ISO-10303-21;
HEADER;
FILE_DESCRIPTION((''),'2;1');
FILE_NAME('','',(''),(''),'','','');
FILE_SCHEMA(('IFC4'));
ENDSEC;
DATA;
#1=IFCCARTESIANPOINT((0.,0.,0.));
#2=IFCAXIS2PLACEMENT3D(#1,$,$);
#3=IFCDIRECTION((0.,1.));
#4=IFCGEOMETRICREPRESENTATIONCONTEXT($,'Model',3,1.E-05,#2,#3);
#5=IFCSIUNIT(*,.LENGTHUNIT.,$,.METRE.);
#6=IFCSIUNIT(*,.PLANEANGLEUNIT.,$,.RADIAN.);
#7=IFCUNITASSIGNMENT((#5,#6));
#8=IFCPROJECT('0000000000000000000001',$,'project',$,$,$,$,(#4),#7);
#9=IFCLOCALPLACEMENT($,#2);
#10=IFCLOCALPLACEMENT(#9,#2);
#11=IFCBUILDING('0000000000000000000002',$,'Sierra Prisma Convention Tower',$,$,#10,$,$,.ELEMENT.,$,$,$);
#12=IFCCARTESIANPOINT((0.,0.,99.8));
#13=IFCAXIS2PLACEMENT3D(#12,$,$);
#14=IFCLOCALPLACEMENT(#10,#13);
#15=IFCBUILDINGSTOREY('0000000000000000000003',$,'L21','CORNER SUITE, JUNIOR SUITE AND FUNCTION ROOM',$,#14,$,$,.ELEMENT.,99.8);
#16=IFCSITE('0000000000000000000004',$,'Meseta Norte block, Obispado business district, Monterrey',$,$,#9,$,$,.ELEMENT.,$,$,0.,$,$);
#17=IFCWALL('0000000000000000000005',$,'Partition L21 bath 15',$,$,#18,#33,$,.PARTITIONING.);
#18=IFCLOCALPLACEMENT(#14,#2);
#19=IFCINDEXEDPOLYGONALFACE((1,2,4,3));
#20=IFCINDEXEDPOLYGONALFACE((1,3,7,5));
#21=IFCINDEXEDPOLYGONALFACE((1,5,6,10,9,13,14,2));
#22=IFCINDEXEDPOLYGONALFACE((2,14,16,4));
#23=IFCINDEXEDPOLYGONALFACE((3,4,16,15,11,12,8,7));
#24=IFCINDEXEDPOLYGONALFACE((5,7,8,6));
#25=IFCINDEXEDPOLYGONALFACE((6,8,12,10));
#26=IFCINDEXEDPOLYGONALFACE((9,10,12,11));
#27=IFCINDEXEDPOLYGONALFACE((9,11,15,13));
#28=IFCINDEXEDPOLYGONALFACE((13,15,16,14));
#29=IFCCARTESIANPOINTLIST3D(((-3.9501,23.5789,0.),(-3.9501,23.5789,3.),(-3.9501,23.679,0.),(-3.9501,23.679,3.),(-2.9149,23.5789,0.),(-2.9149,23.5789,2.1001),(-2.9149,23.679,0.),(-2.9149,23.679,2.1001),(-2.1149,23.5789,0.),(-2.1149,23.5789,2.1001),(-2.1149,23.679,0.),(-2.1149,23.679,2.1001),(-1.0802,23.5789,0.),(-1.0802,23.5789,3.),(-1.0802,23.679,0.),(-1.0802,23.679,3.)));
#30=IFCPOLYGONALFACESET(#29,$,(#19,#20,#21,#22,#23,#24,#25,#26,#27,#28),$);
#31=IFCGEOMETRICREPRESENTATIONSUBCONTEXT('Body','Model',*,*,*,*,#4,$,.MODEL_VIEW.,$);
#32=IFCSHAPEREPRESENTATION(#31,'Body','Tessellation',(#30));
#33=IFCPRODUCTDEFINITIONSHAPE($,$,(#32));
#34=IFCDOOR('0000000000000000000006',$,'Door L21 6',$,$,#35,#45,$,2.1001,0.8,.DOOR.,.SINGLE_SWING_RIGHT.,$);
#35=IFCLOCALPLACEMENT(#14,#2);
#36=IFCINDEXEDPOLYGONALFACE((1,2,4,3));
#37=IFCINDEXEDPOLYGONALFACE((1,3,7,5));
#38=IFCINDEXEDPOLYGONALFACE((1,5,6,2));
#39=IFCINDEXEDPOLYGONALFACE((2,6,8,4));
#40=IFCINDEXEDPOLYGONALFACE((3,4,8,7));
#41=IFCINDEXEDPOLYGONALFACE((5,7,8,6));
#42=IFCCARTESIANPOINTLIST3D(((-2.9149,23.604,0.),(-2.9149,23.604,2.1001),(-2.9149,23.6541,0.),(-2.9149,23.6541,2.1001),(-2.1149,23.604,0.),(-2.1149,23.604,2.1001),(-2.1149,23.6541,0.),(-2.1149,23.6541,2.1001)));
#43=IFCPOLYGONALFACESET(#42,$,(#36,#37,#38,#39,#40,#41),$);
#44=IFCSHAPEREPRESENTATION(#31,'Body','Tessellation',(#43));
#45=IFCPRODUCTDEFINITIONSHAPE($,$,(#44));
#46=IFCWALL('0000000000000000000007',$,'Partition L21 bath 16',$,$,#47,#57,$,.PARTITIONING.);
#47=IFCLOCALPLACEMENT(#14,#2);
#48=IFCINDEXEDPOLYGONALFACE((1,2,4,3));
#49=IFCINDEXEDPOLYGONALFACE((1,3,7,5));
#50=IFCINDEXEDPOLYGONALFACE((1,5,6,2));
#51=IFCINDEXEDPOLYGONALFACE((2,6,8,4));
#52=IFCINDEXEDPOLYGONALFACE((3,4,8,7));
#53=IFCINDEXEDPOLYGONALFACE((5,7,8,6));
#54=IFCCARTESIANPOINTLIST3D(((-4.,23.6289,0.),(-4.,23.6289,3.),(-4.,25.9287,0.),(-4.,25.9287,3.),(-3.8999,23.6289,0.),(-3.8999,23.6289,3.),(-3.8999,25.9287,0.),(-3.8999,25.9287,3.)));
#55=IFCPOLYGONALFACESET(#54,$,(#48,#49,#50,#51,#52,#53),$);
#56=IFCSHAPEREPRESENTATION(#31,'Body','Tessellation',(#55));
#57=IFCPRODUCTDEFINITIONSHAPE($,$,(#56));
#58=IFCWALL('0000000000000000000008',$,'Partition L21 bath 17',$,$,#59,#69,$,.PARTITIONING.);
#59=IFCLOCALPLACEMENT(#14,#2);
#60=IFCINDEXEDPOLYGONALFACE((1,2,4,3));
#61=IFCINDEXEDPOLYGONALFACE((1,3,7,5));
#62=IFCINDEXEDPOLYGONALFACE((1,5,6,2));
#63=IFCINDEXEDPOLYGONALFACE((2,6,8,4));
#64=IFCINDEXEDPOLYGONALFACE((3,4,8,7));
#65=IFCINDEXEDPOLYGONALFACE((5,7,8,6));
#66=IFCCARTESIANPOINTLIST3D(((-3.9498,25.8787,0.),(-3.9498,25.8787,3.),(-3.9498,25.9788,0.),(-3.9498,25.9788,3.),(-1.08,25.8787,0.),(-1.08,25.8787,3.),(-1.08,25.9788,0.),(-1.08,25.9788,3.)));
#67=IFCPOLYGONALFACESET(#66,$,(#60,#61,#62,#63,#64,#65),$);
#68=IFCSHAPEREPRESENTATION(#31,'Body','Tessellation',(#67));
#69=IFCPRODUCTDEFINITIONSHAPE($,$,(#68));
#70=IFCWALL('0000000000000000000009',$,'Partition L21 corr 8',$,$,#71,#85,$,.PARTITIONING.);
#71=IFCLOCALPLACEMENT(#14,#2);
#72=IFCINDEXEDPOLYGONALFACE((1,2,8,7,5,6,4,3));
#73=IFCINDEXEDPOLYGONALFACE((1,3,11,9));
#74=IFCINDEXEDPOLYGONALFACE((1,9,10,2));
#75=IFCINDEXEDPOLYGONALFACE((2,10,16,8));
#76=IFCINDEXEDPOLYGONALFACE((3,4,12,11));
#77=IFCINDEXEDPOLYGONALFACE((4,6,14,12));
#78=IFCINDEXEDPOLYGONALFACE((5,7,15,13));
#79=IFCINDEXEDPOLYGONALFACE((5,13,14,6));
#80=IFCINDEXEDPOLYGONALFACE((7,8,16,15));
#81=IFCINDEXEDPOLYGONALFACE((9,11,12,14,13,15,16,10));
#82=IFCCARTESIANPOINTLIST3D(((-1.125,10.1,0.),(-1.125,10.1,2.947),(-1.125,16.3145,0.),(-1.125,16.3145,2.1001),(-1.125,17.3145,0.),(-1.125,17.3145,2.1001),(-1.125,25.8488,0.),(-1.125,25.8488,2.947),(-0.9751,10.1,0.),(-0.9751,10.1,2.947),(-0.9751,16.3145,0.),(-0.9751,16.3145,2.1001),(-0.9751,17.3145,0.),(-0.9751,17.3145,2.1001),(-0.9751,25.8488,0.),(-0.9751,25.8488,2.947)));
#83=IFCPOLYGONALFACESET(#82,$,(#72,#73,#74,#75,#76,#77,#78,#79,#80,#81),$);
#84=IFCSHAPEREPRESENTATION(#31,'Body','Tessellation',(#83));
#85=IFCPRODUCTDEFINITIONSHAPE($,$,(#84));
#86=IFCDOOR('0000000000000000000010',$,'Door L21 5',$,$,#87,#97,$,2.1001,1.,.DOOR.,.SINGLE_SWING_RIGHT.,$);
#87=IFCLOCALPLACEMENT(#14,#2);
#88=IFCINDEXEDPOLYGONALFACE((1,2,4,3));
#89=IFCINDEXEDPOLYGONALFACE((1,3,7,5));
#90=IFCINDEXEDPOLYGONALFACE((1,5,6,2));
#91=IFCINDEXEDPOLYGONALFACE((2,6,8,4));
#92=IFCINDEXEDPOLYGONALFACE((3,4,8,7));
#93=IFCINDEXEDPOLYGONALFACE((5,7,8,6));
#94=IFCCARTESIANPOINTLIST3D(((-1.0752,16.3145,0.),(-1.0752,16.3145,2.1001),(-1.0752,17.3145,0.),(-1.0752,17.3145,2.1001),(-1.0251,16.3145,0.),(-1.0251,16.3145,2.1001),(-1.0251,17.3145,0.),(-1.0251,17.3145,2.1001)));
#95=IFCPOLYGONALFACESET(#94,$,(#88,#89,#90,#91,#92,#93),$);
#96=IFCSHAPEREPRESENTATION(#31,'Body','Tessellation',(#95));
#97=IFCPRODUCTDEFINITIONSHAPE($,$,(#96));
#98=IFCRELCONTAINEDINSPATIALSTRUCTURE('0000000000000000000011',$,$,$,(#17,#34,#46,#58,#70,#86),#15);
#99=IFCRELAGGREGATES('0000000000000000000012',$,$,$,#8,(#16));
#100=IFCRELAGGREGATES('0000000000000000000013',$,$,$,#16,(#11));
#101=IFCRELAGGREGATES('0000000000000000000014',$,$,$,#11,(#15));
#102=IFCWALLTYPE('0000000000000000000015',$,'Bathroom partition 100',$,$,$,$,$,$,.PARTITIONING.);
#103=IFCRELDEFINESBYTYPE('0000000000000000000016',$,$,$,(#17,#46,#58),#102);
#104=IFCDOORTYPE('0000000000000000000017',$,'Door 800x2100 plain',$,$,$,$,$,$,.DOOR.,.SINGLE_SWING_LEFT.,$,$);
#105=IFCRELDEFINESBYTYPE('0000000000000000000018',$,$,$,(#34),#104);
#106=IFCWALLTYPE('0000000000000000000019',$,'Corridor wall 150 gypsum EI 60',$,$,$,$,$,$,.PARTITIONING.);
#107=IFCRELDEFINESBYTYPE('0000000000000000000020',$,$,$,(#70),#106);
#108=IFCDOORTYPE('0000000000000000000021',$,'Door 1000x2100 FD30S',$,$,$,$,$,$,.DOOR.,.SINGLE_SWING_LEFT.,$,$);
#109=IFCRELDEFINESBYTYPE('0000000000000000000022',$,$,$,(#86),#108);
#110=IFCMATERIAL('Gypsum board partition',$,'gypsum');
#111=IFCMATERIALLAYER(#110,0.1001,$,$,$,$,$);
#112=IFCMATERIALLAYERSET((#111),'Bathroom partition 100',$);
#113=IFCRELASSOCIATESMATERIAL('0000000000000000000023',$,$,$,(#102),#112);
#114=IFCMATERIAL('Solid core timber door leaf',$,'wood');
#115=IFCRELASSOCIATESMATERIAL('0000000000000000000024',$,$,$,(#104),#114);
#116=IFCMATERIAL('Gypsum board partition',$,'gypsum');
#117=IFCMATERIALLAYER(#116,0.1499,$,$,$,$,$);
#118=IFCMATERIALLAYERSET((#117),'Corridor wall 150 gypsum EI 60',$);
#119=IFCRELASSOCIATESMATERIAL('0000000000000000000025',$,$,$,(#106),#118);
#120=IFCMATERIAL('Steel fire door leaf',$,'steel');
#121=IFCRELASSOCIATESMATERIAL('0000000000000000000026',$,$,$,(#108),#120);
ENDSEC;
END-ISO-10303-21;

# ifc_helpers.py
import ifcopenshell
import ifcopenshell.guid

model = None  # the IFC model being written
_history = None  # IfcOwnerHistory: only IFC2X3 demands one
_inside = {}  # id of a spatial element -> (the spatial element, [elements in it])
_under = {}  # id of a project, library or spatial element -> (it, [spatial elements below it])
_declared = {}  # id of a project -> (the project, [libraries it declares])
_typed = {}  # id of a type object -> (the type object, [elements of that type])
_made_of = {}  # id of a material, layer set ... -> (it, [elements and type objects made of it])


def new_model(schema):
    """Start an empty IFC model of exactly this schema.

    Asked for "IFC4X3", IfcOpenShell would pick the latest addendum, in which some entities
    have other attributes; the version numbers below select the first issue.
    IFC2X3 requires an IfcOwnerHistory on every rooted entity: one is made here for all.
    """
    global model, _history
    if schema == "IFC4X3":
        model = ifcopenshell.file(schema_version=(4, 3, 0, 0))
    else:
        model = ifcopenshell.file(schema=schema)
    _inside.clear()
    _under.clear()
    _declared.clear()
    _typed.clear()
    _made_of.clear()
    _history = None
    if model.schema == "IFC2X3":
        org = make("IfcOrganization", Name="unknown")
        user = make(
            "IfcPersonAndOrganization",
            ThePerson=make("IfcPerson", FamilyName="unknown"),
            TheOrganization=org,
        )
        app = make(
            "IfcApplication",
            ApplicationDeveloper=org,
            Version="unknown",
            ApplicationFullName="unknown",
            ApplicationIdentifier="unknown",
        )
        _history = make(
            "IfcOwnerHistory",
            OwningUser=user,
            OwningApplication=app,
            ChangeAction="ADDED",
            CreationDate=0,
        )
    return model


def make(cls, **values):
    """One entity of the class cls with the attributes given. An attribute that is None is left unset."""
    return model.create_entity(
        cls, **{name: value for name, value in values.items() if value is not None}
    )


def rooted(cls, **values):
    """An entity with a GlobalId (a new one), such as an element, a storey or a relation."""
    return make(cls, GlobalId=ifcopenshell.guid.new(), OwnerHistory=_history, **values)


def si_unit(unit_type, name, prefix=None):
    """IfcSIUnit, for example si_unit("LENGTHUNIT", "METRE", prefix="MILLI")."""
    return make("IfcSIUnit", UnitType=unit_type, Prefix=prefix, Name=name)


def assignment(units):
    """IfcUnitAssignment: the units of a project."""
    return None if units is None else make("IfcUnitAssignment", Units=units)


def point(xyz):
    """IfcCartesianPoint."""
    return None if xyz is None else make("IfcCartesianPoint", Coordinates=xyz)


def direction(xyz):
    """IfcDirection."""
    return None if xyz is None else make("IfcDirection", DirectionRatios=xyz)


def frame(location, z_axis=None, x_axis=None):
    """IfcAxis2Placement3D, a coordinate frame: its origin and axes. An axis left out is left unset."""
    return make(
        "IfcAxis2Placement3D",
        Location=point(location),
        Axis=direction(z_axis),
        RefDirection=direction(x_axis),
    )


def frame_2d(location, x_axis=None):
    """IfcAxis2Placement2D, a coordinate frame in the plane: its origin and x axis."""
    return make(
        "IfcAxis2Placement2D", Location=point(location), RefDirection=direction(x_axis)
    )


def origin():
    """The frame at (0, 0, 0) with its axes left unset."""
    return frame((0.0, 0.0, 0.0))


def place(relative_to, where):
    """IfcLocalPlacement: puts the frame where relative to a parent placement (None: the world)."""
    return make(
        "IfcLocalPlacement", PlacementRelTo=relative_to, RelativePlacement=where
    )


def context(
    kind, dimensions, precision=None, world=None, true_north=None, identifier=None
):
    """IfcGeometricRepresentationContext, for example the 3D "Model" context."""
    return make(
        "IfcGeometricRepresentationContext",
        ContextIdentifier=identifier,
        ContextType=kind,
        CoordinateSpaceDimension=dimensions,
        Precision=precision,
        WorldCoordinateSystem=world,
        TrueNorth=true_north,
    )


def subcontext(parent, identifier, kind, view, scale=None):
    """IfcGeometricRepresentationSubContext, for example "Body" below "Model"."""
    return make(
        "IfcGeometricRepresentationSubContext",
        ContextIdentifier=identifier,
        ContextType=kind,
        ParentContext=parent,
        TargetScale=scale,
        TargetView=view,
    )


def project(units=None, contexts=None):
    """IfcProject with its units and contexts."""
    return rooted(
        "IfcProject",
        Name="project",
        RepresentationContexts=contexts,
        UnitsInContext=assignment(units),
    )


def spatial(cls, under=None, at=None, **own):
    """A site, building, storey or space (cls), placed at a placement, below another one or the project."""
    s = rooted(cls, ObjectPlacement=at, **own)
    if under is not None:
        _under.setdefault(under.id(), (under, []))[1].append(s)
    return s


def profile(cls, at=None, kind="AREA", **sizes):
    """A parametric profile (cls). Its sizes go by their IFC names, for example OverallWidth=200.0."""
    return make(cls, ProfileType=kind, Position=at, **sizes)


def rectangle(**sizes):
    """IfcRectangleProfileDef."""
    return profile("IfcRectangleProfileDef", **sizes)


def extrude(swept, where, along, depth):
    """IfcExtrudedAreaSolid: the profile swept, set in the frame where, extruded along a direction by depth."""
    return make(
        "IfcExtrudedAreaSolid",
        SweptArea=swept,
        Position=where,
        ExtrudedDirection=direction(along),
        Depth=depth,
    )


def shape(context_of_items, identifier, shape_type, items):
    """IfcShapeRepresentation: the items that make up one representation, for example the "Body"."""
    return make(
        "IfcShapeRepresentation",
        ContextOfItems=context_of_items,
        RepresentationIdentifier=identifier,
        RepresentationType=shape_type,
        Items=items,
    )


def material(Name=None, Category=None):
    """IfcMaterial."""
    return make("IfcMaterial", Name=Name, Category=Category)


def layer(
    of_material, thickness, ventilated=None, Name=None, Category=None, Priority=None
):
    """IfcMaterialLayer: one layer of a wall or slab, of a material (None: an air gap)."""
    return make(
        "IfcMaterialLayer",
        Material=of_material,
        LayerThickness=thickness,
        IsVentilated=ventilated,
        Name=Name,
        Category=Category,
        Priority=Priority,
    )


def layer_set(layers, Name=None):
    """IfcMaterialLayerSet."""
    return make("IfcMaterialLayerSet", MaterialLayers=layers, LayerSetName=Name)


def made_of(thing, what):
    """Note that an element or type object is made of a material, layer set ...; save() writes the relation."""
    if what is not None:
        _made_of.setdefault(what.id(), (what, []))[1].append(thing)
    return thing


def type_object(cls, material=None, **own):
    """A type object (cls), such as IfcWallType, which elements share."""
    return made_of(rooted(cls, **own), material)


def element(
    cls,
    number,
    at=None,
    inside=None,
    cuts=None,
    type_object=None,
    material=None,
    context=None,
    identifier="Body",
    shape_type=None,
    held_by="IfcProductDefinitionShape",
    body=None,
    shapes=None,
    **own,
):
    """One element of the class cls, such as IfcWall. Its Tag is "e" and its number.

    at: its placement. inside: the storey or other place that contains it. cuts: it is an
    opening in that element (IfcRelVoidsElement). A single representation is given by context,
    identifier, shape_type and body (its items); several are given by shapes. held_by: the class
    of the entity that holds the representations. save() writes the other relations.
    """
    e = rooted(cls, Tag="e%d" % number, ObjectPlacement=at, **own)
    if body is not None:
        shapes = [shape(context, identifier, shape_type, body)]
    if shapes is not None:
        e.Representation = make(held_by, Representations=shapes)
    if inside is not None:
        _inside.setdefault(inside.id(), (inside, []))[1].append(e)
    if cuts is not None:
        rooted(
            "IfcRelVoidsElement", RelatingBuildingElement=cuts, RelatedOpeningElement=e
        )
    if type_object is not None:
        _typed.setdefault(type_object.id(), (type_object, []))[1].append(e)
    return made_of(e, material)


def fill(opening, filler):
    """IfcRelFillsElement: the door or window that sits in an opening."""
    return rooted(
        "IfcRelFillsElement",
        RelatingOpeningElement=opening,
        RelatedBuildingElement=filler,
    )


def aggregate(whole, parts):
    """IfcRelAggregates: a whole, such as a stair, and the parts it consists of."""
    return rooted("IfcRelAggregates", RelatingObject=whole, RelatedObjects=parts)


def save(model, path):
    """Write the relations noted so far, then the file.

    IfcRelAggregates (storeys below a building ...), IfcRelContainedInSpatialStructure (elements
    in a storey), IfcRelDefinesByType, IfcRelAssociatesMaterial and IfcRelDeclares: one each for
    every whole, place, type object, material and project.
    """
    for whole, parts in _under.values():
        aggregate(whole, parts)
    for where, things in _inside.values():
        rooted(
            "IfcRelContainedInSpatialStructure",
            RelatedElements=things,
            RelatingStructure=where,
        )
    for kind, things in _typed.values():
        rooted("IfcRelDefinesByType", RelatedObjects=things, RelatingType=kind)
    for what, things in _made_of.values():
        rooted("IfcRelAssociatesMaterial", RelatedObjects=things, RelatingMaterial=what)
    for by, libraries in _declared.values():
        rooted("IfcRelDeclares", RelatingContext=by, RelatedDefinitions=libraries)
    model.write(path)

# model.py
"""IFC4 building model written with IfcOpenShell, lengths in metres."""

from ifc_helpers import new_model, si_unit, direction, frame, frame_2d, origin, place, context, subcontext, project, spatial, rectangle, extrude, material, layer, layer_set, type_object, element, fill, save


model = new_model("IFC4")

# Units and contexts
model_context = context("Model", 3, precision=1e-05, world=origin(), true_north=direction((0.0, 1.0)))
body_context = subcontext(model_context, "Body", "Model", "MODEL_VIEW")
ifc_project = project(units=[si_unit("LENGTHUNIT", "METRE"), si_unit("PLANEANGLEUNIT", "RADIAN")], contexts=[model_context])

# Site, building, storey
site_placement = place(None, origin())
site = spatial("IfcSite", under=ifc_project, at=site_placement, Name="Meseta Norte block, Obispado business district, Monterrey", CompositionType="ELEMENT", RefElevation=0.0)
building_placement = place(site_placement, origin())
building = spatial("IfcBuilding", under=site, at=building_placement, Name="Sierra Prisma Convention Tower", CompositionType="ELEMENT")
storey_placement = place(building_placement, frame((0.0, 0.0, 99.8)))
storey = spatial("IfcBuildingStorey", under=building, at=storey_placement, Name="L21", Description="CORNER SUITE, JUNIOR SUITE AND FUNCTION ROOM", CompositionType="ELEMENT", Elevation=99.8)

# Wall, opening, door
ifc_material_1 = material(Name="Gypsum board partition", Category="gypsum")
ifc_layer_1 = layer(ifc_material_1, 0.1001)
ifc_layer_set_1 = layer_set([ifc_layer_1], Name="Bathroom partition 100")
wall_type_1 = type_object("IfcWallType", Name="Bathroom partition 100", PredefinedType="PARTITIONING", material=ifc_layer_set_1)
wall_1_placement = place(storey_placement, frame((-1.0801, 23.6289, 0.0), z_axis=(0.0, 0.0, 1.0), x_axis=(-1.0, 0.0, 0.0)))
wall_1 = element("IfcWall", 1, at=wall_1_placement, inside=storey, type_object=wall_type_1, Name="Partition L21 bath 15", PredefinedType="PARTITIONING", context=body_context, shape_type="SweptSolid", body=[
    extrude(rectangle(XDim=2.8699, YDim=0.1001, at=frame_2d((1.4351, 0.0))), origin(), (0.0, 0.0, 1.0), 3.0),
])
opening_1_placement = place(wall_1_placement, frame((1.0349, 0.0, 0.0)))
opening_1 = element("IfcOpeningElement", 2, at=opening_1_placement, cuts=wall_1, PredefinedType="OPENING", context=body_context, shape_type="SweptSolid", body=[
    extrude(rectangle(XDim=0.8, YDim=2.1001, at=frame_2d((0.3999, 1.05))), frame((0.0, 0.05, 0.0), z_axis=(0.0, -1.0, 0.0), x_axis=(1.0, 0.0, 0.0)), (0.0, 0.0, 1.0), 0.1001),
])
ifc_material_2 = material(Name="Solid core timber door leaf", Category="wood")
door_type_1 = type_object("IfcDoorType", Name="Door 800x2100 plain", OperationType="SINGLE_SWING_LEFT", PredefinedType="DOOR", material=ifc_material_2)
door_1_placement = place(opening_1_placement, origin())
door_1 = element("IfcDoor", 3, at=door_1_placement, inside=storey, type_object=door_type_1, Name="Door L21 6", OperationType="SINGLE_SWING_RIGHT", OverallHeight=2.1001, OverallWidth=0.8, PredefinedType="DOOR", context=body_context, shape_type="SweptSolid", body=[
    extrude(rectangle(XDim=0.8, YDim=2.1001, at=frame_2d((0.3999, 1.05))), frame((0.0, 0.0249, 0.0), z_axis=(0.0, -1.0, 0.0), x_axis=(1.0, 0.0, 0.0)), (0.0, 0.0, 1.0), 0.05),
])
fill(opening_1, door_1)

# Walls
wall_2_placement = place(storey_placement, frame((-3.95, 23.6289, 0.0), z_axis=(0.0, 0.0, 1.0), x_axis=(0.0, 1.0, 0.0)))
element("IfcWall", 4, at=wall_2_placement, inside=storey, type_object=wall_type_1, Name="Partition L21 bath 16", PredefinedType="PARTITIONING", context=body_context, shape_type="SweptSolid", body=[
    extrude(rectangle(XDim=2.2998, YDim=0.1001, at=frame_2d((1.1499, 0.0))), origin(), (0.0, 0.0, 1.0), 3.0),
])
wall_3_placement = place(storey_placement, frame((-3.95, 25.9287, 0.0), z_axis=(0.0, 0.0, 1.0), x_axis=(1.0, 0.0, 0.0)))
element("IfcWall", 5, at=wall_3_placement, inside=storey, type_object=wall_type_1, Name="Partition L21 bath 17", PredefinedType="PARTITIONING", context=body_context, shape_type="SweptSolid", body=[
    extrude(rectangle(XDim=2.8699, YDim=0.1001, at=frame_2d((1.4351, 0.0))), origin(), (0.0, 0.0, 1.0), 3.0),
])

# Wall, opening, door
ifc_material_3 = material(Name="Gypsum board partition", Category="gypsum")
ifc_layer_2 = layer(ifc_material_3, 0.1499)
ifc_layer_set_2 = layer_set([ifc_layer_2], Name="Corridor wall 150 gypsum EI 60")
wall_type_2 = type_object("IfcWallType", Name="Corridor wall 150 gypsum EI 60", PredefinedType="PARTITIONING", material=ifc_layer_set_2)
wall_4_placement = place(storey_placement, frame((-1.05, 25.8489, 0.0), z_axis=(0.0, 0.0, 1.0), x_axis=(0.0, -1.0, 0.0)))
wall_4 = element("IfcWall", 6, at=wall_4_placement, inside=storey, type_object=wall_type_2, Name="Partition L21 corr 8", PredefinedType="PARTITIONING", context=body_context, shape_type="SweptSolid", body=[
    extrude(rectangle(XDim=15.7488, YDim=0.1499, at=frame_2d((7.8745, 0.0))), origin(), (0.0, 0.0, 1.0), 2.947),
])
opening_2_placement = place(wall_4_placement, frame((8.5344, 0.0, 0.0)))
opening_2 = element("IfcOpeningElement", 7, at=opening_2_placement, cuts=wall_4, PredefinedType="OPENING", context=body_context, shape_type="SweptSolid", body=[
    extrude(rectangle(XDim=1.0, YDim=2.1001, at=frame_2d((0.5, 1.05))), frame((0.0, 0.075, 0.0), z_axis=(0.0, -1.0, 0.0), x_axis=(1.0, 0.0, 0.0)), (0.0, 0.0, 1.0), 0.1499),
])
ifc_material_4 = material(Name="Steel fire door leaf", Category="steel")
door_type_2 = type_object("IfcDoorType", Name="Door 1000x2100 FD30S", OperationType="SINGLE_SWING_LEFT", PredefinedType="DOOR", material=ifc_material_4)
door_2_placement = place(opening_2_placement, origin())
door_2 = element("IfcDoor", 8, at=door_2_placement, inside=storey, type_object=door_type_2, Name="Door L21 5", OperationType="SINGLE_SWING_RIGHT", OverallHeight=2.1001, OverallWidth=1.0, PredefinedType="DOOR", context=body_context, shape_type="SweptSolid", body=[
    extrude(rectangle(XDim=1.0, YDim=2.1001, at=frame_2d((0.5, 1.05))), frame((0.0, 0.0249, 0.0), z_axis=(0.0, -1.0, 0.0), x_axis=(1.0, 0.0, 0.0)), (0.0, 0.0, 1.0), 0.05),
])
fill(opening_2, door_2)

save(model, "model.ifc")
